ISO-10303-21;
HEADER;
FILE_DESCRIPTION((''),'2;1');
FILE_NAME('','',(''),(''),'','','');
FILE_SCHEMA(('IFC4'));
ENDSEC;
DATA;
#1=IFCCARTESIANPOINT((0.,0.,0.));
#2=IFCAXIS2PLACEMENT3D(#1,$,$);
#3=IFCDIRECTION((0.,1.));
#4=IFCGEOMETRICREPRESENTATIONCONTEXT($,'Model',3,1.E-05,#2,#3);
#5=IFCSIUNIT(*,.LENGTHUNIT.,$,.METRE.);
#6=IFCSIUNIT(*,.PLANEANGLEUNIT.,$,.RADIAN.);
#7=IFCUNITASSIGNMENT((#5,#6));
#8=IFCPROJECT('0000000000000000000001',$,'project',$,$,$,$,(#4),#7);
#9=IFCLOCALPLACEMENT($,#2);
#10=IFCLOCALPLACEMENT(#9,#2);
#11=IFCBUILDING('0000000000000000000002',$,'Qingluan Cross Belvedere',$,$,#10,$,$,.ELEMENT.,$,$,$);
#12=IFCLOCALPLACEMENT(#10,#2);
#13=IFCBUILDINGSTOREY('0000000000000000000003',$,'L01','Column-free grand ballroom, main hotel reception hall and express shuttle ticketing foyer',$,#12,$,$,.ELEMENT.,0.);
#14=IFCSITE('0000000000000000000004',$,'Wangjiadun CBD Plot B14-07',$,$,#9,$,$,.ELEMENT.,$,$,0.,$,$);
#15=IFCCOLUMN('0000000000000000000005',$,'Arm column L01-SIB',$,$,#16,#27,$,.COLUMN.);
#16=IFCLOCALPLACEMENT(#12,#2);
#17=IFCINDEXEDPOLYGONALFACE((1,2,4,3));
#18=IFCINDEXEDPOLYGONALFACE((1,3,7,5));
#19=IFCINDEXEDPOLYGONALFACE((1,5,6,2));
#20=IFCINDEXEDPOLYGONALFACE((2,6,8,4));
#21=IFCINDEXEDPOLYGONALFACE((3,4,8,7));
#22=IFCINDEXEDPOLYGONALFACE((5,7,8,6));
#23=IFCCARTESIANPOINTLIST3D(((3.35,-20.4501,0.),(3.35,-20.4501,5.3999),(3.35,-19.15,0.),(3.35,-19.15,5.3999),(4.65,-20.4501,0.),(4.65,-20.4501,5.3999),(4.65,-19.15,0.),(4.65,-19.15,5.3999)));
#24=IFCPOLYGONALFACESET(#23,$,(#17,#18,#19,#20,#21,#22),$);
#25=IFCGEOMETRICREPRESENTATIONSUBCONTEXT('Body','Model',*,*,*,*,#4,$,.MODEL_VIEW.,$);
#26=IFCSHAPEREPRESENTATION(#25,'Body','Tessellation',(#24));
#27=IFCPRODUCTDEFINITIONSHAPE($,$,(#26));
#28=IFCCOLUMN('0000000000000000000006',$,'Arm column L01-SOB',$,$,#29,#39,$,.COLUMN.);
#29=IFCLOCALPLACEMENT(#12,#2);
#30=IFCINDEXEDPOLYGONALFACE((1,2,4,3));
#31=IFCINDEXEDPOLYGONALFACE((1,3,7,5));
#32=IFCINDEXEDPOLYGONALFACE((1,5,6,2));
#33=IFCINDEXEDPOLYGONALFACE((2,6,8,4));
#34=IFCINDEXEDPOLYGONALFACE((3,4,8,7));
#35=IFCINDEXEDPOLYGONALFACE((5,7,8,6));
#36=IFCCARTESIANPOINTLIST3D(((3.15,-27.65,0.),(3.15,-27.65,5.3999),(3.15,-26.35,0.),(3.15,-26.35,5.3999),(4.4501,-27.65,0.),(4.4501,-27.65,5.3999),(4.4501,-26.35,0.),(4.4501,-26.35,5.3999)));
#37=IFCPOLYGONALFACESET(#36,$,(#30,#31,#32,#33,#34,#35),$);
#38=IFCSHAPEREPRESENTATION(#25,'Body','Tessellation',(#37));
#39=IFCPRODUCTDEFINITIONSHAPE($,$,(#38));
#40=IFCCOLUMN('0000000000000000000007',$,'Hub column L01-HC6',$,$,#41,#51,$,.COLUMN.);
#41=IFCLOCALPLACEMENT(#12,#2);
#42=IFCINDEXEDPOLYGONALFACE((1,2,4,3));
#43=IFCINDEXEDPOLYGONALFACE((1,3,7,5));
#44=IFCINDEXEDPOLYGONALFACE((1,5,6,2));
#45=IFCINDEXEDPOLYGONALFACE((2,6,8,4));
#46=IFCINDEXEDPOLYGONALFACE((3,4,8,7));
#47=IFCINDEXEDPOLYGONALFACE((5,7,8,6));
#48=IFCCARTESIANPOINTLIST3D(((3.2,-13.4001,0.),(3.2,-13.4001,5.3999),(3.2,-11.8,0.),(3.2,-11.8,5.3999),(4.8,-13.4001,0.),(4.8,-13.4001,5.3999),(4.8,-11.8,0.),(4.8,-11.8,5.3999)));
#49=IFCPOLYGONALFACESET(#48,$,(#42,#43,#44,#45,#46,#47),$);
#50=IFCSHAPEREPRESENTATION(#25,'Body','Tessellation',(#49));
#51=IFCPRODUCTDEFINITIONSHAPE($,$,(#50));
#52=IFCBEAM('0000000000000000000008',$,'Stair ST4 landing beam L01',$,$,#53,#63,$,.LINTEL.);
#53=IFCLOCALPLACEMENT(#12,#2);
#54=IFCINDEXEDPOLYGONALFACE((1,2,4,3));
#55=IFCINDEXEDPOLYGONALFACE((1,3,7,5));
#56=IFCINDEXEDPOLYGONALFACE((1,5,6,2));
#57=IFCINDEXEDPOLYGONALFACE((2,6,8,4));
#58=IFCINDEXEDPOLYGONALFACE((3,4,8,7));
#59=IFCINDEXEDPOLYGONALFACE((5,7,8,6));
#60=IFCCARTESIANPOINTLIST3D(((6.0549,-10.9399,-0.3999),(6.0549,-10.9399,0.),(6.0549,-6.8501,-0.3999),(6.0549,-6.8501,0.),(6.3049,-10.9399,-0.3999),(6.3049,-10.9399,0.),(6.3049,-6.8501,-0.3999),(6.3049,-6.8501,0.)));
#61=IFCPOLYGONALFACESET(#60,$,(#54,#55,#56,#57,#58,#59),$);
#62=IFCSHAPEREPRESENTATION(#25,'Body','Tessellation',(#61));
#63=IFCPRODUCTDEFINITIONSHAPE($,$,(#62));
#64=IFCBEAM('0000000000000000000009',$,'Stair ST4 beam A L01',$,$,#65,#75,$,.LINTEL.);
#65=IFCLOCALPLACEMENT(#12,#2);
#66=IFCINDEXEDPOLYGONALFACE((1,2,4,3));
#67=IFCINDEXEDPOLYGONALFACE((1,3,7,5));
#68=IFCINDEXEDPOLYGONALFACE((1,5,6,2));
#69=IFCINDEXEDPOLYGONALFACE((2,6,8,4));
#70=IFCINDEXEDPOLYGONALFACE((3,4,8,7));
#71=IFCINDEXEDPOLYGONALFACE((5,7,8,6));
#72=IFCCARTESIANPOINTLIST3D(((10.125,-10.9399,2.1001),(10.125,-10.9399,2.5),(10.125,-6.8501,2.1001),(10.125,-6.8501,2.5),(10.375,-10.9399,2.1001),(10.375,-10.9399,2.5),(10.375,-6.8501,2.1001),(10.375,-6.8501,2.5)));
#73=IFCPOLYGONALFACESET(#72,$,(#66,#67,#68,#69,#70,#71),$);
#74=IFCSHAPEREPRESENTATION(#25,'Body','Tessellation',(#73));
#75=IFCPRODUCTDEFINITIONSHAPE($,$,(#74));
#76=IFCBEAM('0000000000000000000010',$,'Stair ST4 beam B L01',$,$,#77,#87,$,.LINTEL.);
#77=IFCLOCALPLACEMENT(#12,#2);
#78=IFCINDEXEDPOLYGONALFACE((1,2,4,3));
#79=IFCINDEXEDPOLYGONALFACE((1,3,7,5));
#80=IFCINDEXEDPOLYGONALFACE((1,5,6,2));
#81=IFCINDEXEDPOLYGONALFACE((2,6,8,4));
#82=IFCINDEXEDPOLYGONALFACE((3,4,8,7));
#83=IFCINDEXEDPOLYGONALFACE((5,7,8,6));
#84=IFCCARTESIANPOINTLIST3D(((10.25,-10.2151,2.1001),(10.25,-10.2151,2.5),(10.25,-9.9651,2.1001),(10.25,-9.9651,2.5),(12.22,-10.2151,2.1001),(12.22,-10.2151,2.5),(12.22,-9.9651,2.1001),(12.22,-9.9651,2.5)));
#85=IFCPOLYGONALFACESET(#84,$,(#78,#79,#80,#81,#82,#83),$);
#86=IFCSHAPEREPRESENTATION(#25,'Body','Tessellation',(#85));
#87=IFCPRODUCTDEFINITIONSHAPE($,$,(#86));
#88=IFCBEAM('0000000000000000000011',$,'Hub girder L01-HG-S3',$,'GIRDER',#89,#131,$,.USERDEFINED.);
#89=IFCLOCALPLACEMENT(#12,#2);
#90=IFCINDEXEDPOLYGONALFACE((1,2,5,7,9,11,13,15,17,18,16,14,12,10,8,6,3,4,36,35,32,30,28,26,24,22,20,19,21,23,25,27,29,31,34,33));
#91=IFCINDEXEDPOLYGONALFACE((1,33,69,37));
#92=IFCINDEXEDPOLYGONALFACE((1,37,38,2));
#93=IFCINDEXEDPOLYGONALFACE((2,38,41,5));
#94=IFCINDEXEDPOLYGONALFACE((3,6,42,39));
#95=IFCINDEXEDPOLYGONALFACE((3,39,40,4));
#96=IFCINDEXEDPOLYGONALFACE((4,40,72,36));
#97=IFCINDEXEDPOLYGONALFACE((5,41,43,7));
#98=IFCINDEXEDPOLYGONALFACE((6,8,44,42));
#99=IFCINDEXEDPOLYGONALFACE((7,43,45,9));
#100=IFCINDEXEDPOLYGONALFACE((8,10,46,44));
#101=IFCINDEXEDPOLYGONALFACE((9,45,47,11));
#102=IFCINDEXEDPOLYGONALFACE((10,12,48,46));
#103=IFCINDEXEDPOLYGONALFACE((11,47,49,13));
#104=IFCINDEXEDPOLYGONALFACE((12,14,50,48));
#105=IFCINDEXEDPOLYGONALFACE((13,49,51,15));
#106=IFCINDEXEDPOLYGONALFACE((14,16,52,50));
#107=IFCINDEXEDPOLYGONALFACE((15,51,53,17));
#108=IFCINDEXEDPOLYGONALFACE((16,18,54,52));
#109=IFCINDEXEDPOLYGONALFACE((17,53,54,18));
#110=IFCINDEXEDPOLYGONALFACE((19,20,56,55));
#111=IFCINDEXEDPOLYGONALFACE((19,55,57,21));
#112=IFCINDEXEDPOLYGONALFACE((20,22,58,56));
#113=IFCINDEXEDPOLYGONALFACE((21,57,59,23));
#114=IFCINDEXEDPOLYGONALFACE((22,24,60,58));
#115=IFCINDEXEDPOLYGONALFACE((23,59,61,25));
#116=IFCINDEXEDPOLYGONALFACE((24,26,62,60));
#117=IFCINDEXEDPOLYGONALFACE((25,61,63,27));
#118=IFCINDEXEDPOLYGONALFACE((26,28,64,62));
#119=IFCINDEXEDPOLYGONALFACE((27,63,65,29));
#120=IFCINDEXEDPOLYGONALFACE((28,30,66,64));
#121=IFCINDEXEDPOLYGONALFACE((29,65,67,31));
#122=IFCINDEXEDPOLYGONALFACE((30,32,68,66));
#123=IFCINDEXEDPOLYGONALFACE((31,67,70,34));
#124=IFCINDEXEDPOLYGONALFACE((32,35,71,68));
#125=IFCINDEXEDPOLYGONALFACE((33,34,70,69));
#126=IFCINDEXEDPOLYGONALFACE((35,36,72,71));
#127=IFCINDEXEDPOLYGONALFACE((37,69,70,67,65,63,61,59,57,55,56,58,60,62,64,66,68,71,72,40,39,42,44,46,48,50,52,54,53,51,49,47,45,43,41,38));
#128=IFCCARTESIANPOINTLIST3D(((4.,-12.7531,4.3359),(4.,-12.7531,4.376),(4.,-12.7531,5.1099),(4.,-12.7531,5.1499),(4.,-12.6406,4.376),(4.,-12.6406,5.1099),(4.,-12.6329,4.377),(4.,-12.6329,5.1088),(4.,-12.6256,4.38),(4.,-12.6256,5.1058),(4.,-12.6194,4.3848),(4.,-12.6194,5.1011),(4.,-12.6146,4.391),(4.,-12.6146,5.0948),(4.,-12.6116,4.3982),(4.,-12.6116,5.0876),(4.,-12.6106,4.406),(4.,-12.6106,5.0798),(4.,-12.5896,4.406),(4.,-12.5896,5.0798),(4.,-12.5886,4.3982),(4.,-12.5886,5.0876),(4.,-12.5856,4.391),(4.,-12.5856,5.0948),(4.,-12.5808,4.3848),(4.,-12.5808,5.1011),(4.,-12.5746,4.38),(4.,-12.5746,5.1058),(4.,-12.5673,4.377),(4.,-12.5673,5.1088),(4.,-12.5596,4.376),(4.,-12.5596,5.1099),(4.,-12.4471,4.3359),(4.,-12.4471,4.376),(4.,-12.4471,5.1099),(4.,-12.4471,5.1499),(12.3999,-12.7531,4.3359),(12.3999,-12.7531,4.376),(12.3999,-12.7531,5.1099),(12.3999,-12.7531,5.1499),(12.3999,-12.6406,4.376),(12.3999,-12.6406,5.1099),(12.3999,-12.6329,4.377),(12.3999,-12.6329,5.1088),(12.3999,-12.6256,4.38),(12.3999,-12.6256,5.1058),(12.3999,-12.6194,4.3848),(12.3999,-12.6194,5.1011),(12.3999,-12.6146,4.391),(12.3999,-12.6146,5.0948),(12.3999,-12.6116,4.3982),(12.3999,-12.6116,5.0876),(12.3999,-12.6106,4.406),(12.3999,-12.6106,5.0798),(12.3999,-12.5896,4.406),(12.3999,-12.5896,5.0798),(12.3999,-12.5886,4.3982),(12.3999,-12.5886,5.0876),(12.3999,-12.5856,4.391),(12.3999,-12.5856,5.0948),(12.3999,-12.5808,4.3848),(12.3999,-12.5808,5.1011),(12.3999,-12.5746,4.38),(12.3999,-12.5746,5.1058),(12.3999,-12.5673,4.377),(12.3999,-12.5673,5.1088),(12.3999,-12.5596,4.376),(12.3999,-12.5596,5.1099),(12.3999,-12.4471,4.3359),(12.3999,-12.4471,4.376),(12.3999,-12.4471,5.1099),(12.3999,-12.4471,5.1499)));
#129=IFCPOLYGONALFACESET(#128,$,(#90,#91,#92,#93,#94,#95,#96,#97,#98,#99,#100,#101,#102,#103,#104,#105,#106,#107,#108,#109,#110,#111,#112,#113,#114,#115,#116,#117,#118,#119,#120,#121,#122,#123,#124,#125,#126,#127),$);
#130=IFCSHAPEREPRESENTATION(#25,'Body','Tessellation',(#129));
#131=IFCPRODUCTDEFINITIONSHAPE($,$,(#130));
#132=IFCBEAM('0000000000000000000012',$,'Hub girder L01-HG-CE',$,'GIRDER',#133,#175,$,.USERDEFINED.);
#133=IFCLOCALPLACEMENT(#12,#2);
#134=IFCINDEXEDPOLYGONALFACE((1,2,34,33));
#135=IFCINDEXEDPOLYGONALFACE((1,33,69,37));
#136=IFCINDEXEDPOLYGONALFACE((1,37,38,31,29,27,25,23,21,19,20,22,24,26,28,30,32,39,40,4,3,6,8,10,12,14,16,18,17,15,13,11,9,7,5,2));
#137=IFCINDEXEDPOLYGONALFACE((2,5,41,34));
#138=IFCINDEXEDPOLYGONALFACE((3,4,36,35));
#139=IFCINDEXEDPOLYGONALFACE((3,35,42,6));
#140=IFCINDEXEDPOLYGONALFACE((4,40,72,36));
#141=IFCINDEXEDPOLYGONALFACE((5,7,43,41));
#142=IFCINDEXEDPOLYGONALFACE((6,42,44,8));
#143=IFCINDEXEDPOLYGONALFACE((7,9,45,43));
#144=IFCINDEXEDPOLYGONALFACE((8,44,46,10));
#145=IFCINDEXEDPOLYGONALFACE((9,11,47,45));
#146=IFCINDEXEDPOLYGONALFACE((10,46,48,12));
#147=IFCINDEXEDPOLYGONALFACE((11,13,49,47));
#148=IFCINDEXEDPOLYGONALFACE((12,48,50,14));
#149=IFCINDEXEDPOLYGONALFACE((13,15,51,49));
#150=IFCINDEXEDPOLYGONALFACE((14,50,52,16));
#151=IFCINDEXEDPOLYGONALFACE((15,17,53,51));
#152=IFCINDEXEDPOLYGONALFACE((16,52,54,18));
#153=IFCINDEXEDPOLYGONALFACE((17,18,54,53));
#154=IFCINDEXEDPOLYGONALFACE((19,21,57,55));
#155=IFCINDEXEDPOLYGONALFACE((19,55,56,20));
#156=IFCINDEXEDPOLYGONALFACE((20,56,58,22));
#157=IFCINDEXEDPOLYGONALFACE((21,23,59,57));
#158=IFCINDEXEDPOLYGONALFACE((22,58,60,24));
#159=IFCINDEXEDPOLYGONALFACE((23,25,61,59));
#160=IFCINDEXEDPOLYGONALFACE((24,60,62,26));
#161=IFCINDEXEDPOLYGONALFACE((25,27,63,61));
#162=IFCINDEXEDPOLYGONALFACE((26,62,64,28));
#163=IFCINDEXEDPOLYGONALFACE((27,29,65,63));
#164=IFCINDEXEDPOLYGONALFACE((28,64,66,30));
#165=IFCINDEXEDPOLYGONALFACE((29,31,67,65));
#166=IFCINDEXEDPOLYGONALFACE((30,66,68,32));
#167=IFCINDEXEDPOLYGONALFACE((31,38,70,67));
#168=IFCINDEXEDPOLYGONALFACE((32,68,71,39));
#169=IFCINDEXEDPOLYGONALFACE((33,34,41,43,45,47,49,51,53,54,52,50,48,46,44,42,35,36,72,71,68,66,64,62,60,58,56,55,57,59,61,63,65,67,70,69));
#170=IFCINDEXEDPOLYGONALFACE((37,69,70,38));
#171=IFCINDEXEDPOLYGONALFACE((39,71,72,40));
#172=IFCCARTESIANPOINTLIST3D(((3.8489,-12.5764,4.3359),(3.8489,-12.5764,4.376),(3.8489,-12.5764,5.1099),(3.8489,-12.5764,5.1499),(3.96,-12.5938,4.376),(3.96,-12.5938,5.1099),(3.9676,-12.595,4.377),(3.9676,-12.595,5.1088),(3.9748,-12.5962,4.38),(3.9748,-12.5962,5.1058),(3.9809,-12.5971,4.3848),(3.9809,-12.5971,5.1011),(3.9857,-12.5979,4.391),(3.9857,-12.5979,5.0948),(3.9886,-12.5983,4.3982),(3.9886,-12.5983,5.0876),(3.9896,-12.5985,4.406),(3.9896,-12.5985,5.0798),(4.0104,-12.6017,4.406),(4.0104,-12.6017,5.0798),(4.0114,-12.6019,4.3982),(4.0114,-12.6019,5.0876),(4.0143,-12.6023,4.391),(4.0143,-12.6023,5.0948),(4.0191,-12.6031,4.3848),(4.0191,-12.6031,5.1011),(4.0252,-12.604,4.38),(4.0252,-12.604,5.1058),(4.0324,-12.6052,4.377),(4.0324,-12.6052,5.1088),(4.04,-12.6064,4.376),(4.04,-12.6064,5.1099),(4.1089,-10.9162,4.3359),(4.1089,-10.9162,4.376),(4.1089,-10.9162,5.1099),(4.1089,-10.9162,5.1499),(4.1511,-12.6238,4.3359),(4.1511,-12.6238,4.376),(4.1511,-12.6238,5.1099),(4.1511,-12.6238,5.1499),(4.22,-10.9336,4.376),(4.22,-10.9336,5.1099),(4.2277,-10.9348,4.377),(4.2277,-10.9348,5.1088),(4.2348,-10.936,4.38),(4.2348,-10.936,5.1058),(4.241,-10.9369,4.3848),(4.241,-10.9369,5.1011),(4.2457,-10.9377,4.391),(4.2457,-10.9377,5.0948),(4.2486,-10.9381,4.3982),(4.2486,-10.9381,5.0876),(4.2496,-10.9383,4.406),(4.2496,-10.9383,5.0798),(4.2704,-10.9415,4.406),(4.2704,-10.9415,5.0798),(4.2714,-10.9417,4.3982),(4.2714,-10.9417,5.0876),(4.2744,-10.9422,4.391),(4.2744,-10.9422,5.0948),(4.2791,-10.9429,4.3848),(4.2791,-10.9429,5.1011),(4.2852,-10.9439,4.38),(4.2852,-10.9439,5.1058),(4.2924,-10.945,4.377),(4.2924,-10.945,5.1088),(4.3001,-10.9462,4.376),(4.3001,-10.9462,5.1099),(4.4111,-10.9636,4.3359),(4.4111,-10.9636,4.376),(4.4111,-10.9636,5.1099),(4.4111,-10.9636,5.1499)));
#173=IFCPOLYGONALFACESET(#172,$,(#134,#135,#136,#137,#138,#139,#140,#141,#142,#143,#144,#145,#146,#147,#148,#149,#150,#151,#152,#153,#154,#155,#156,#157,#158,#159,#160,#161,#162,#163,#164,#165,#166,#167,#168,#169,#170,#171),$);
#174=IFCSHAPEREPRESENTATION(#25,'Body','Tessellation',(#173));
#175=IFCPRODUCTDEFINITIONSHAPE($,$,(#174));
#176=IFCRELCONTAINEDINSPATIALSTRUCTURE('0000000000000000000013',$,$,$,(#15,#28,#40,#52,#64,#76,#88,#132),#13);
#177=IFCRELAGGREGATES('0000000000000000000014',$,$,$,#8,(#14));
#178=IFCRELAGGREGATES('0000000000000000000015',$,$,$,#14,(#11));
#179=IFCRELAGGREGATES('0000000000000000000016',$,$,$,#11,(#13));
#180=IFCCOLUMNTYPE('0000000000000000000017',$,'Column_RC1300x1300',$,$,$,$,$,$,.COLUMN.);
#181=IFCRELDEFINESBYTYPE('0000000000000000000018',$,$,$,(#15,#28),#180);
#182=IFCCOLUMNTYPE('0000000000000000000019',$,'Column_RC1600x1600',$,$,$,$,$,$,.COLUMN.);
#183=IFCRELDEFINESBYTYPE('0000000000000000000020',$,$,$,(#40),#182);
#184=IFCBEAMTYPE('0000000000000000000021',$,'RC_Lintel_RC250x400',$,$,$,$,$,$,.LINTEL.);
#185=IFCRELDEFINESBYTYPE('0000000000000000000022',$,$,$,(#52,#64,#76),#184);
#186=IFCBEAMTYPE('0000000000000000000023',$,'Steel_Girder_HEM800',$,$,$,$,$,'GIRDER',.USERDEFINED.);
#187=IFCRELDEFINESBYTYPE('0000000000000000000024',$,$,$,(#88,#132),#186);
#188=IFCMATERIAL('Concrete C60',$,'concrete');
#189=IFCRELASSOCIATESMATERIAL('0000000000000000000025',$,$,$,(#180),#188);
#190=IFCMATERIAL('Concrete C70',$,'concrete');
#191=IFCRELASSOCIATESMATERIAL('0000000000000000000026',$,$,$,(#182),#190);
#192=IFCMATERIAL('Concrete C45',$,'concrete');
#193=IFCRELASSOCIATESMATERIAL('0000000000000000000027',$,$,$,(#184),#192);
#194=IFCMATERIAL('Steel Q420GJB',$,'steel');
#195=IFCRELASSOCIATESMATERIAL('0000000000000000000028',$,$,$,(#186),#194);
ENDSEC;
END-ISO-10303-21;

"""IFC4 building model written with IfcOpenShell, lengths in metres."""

from ifc_helpers import new_model, si_unit, direction, frame, origin, origin_2d, place, context, subcontext, project, spatial, rectangle, i_section, extrude, material, material_profile, profile_set, type_object, element, save


model = new_model("IFC4")

# Units and contexts
model_context = context("Model", 3, precision=1e-05, world=origin(), true_north=direction((0.0, 1.0)))
body_context = subcontext(model_context, "Body", "Model", "MODEL_VIEW")
ifc_project = project(units=[si_unit("LENGTHUNIT", "METRE"), si_unit("PLANEANGLEUNIT", "RADIAN")], contexts=[model_context])

# Site, building, storey
site_placement = place(None, origin())
site = spatial("IfcSite", under=ifc_project, at=site_placement, Name="Wangjiadun CBD Plot B14-07", CompositionType="ELEMENT", RefElevation=0.0)
building_placement = place(site_placement, origin())
building = spatial("IfcBuilding", under=site, at=building_placement, Name="Qingluan Cross Belvedere", CompositionType="ELEMENT")
storey_placement = place(building_placement, origin())
storey = spatial("IfcBuildingStorey", under=building, at=storey_placement, Name="L01", Description="Column-free grand ballroom, main hotel reception hall and express shuttle ticketing foyer", CompositionType="ELEMENT", Elevation=0.0)

# Columns
ifc_material_1 = material(Name="Concrete C60", Category="concrete")
ifc_material_profile_1 = material_profile(ifc_material_1, rectangle(XDim=1.3, YDim=1.3, at=origin_2d()), Name="RC1300x1300")
ifc_profile_set_1 = profile_set([ifc_material_profile_1], Name="Concrete C60")
column_type_1 = type_object("IfcColumnType", Name="Column_RC1300x1300", PredefinedType="COLUMN", material=ifc_profile_set_1)
for number, where, z_axis, x_axis, name in (
    (1, (4.0, -19.8, 0.0), (0.0, 0.0, 1.0), (1.0, 0.0, 0.0), "Arm column L01-SIB"),
    (2, (3.8, -27.0, 0.0), (0.0, 0.0, 1.0), (1.0, 0.0, 0.0), "Arm column L01-SOB"),
):
    element("IfcColumn", number, at=place(storey_placement, frame(where, z_axis=z_axis, x_axis=x_axis)), inside=storey, type_object=column_type_1, Name=name, PredefinedType="COLUMN", context=body_context, shape_type="SweptSolid", body=[
        extrude(rectangle(XDim=1.3, YDim=1.3, at=origin_2d()), origin(), (0.0, 0.0, 1.0), 5.3999),
    ])
ifc_material_2 = material(Name="Concrete C70", Category="concrete")
ifc_material_profile_2 = material_profile(ifc_material_2, rectangle(XDim=1.6001, YDim=1.6001, at=origin_2d()), Name="RC1600x1600")
ifc_profile_set_2 = profile_set([ifc_material_profile_2], Name="Concrete C70")
column_type_2 = type_object("IfcColumnType", Name="Column_RC1600x1600", PredefinedType="COLUMN", material=ifc_profile_set_2)
column_placement = place(storey_placement, frame((4.0, -12.6001, 0.0), z_axis=(0.0, 0.0, 1.0), x_axis=(1.0, 0.0, 0.0)))
element("IfcColumn", 3, at=column_placement, inside=storey, type_object=column_type_2, Name="Hub column L01-HC6", PredefinedType="COLUMN", context=body_context, shape_type="SweptSolid", body=[
    extrude(rectangle(XDim=1.6001, YDim=1.6001, at=origin_2d()), origin(), (0.0, 0.0, 1.0), 5.3999),
])

# Beams
ifc_material_3 = material(Name="Concrete C45", Category="concrete")
ifc_material_profile_3 = material_profile(ifc_material_3, rectangle(XDim=0.25, YDim=0.3999, at=origin_2d()), Name="RC250x400")
ifc_profile_set_3 = profile_set([ifc_material_profile_3], Name="Concrete C45")
beam_type_1 = type_object("IfcBeamType", Name="RC_Lintel_RC250x400", PredefinedType="LINTEL", material=ifc_profile_set_3)
for number, where, z_axis, x_axis, name in (
    (4, (6.1799, -10.9399, -0.2), (0.0, 1.0, 0.0), (-1.0, 0.0, 0.0), "Stair ST4 landing beam L01"),
    (5, (10.25, -10.9399, 2.3), (0.0, 1.0, 0.0), (-1.0, 0.0, 0.0), "Stair ST4 beam A L01"),
):
    element("IfcBeam", number, at=place(storey_placement, frame(where, z_axis=z_axis, x_axis=x_axis)), inside=storey, type_object=beam_type_1, Name=name, PredefinedType="LINTEL", context=body_context, shape_type="SweptSolid", body=[
        extrude(rectangle(XDim=0.25, YDim=0.3999, at=origin_2d()), origin(), (0.0, 0.0, 1.0), 4.0898),
    ])
beam_1_placement = place(storey_placement, frame((12.22, -10.0901, 2.3), z_axis=(-1.0, 0.0, 0.0), x_axis=(0.0, -1.0, 0.0)))
element("IfcBeam", 6, at=beam_1_placement, inside=storey, type_object=beam_type_1, Name="Stair ST4 beam B L01", PredefinedType="LINTEL", context=body_context, shape_type="SweptSolid", body=[
    extrude(rectangle(XDim=0.25, YDim=0.3999, at=origin_2d()), origin(), (0.0, 0.0, 1.0), 1.97),
])
ifc_material_4 = material(Name="Steel Q420GJB", Category="steel")
ifc_material_profile_4 = material_profile(ifc_material_4, i_section(OverallWidth=0.3059, OverallDepth=0.814, WebThickness=0.021, FlangeThickness=0.04, FilletRadius=0.03, at=origin_2d()), Name="HEM800")
ifc_profile_set_4 = profile_set([ifc_material_profile_4], Name="Steel Q420GJB")
beam_type_2 = type_object("IfcBeamType", Name="Steel_Girder_HEM800", ElementType="GIRDER", PredefinedType="USERDEFINED", material=ifc_profile_set_4)
beam_2_placement = place(storey_placement, frame((4.0, -12.6001, 4.7429), z_axis=(1.0, 0.0, 0.0), x_axis=(0.0, 1.0, 0.0)))
element("IfcBeam", 7, at=beam_2_placement, inside=storey, type_object=beam_type_2, Name="Hub girder L01-HG-S3", ObjectType="GIRDER", PredefinedType="USERDEFINED", context=body_context, shape_type="SweptSolid", body=[
    extrude(i_section(OverallWidth=0.3059, OverallDepth=0.814, WebThickness=0.021, FlangeThickness=0.04, FilletRadius=0.03, at=origin_2d()), origin(), (0.0, 0.0, 1.0), 8.3999),
])
beam_3_placement = place(storey_placement, frame((4.0, -12.6001, 4.7429), z_axis=(0.154731, 0.987957, 0.0), x_axis=(-0.987957, 0.154731, 0.0)))
element("IfcBeam", 8, at=beam_3_placement, inside=storey, type_object=beam_type_2, Name="Hub girder L01-HG-CE", ObjectType="GIRDER", PredefinedType="USERDEFINED", context=body_context, shape_type="SweptSolid", body=[
    extrude(i_section(OverallWidth=0.3059, OverallDepth=0.814, WebThickness=0.021, FlangeThickness=0.04, FilletRadius=0.03, at=origin_2d()), origin(), (0.0, 0.0, 1.0), 1.6804),
])

save(model, "model.ifc")
